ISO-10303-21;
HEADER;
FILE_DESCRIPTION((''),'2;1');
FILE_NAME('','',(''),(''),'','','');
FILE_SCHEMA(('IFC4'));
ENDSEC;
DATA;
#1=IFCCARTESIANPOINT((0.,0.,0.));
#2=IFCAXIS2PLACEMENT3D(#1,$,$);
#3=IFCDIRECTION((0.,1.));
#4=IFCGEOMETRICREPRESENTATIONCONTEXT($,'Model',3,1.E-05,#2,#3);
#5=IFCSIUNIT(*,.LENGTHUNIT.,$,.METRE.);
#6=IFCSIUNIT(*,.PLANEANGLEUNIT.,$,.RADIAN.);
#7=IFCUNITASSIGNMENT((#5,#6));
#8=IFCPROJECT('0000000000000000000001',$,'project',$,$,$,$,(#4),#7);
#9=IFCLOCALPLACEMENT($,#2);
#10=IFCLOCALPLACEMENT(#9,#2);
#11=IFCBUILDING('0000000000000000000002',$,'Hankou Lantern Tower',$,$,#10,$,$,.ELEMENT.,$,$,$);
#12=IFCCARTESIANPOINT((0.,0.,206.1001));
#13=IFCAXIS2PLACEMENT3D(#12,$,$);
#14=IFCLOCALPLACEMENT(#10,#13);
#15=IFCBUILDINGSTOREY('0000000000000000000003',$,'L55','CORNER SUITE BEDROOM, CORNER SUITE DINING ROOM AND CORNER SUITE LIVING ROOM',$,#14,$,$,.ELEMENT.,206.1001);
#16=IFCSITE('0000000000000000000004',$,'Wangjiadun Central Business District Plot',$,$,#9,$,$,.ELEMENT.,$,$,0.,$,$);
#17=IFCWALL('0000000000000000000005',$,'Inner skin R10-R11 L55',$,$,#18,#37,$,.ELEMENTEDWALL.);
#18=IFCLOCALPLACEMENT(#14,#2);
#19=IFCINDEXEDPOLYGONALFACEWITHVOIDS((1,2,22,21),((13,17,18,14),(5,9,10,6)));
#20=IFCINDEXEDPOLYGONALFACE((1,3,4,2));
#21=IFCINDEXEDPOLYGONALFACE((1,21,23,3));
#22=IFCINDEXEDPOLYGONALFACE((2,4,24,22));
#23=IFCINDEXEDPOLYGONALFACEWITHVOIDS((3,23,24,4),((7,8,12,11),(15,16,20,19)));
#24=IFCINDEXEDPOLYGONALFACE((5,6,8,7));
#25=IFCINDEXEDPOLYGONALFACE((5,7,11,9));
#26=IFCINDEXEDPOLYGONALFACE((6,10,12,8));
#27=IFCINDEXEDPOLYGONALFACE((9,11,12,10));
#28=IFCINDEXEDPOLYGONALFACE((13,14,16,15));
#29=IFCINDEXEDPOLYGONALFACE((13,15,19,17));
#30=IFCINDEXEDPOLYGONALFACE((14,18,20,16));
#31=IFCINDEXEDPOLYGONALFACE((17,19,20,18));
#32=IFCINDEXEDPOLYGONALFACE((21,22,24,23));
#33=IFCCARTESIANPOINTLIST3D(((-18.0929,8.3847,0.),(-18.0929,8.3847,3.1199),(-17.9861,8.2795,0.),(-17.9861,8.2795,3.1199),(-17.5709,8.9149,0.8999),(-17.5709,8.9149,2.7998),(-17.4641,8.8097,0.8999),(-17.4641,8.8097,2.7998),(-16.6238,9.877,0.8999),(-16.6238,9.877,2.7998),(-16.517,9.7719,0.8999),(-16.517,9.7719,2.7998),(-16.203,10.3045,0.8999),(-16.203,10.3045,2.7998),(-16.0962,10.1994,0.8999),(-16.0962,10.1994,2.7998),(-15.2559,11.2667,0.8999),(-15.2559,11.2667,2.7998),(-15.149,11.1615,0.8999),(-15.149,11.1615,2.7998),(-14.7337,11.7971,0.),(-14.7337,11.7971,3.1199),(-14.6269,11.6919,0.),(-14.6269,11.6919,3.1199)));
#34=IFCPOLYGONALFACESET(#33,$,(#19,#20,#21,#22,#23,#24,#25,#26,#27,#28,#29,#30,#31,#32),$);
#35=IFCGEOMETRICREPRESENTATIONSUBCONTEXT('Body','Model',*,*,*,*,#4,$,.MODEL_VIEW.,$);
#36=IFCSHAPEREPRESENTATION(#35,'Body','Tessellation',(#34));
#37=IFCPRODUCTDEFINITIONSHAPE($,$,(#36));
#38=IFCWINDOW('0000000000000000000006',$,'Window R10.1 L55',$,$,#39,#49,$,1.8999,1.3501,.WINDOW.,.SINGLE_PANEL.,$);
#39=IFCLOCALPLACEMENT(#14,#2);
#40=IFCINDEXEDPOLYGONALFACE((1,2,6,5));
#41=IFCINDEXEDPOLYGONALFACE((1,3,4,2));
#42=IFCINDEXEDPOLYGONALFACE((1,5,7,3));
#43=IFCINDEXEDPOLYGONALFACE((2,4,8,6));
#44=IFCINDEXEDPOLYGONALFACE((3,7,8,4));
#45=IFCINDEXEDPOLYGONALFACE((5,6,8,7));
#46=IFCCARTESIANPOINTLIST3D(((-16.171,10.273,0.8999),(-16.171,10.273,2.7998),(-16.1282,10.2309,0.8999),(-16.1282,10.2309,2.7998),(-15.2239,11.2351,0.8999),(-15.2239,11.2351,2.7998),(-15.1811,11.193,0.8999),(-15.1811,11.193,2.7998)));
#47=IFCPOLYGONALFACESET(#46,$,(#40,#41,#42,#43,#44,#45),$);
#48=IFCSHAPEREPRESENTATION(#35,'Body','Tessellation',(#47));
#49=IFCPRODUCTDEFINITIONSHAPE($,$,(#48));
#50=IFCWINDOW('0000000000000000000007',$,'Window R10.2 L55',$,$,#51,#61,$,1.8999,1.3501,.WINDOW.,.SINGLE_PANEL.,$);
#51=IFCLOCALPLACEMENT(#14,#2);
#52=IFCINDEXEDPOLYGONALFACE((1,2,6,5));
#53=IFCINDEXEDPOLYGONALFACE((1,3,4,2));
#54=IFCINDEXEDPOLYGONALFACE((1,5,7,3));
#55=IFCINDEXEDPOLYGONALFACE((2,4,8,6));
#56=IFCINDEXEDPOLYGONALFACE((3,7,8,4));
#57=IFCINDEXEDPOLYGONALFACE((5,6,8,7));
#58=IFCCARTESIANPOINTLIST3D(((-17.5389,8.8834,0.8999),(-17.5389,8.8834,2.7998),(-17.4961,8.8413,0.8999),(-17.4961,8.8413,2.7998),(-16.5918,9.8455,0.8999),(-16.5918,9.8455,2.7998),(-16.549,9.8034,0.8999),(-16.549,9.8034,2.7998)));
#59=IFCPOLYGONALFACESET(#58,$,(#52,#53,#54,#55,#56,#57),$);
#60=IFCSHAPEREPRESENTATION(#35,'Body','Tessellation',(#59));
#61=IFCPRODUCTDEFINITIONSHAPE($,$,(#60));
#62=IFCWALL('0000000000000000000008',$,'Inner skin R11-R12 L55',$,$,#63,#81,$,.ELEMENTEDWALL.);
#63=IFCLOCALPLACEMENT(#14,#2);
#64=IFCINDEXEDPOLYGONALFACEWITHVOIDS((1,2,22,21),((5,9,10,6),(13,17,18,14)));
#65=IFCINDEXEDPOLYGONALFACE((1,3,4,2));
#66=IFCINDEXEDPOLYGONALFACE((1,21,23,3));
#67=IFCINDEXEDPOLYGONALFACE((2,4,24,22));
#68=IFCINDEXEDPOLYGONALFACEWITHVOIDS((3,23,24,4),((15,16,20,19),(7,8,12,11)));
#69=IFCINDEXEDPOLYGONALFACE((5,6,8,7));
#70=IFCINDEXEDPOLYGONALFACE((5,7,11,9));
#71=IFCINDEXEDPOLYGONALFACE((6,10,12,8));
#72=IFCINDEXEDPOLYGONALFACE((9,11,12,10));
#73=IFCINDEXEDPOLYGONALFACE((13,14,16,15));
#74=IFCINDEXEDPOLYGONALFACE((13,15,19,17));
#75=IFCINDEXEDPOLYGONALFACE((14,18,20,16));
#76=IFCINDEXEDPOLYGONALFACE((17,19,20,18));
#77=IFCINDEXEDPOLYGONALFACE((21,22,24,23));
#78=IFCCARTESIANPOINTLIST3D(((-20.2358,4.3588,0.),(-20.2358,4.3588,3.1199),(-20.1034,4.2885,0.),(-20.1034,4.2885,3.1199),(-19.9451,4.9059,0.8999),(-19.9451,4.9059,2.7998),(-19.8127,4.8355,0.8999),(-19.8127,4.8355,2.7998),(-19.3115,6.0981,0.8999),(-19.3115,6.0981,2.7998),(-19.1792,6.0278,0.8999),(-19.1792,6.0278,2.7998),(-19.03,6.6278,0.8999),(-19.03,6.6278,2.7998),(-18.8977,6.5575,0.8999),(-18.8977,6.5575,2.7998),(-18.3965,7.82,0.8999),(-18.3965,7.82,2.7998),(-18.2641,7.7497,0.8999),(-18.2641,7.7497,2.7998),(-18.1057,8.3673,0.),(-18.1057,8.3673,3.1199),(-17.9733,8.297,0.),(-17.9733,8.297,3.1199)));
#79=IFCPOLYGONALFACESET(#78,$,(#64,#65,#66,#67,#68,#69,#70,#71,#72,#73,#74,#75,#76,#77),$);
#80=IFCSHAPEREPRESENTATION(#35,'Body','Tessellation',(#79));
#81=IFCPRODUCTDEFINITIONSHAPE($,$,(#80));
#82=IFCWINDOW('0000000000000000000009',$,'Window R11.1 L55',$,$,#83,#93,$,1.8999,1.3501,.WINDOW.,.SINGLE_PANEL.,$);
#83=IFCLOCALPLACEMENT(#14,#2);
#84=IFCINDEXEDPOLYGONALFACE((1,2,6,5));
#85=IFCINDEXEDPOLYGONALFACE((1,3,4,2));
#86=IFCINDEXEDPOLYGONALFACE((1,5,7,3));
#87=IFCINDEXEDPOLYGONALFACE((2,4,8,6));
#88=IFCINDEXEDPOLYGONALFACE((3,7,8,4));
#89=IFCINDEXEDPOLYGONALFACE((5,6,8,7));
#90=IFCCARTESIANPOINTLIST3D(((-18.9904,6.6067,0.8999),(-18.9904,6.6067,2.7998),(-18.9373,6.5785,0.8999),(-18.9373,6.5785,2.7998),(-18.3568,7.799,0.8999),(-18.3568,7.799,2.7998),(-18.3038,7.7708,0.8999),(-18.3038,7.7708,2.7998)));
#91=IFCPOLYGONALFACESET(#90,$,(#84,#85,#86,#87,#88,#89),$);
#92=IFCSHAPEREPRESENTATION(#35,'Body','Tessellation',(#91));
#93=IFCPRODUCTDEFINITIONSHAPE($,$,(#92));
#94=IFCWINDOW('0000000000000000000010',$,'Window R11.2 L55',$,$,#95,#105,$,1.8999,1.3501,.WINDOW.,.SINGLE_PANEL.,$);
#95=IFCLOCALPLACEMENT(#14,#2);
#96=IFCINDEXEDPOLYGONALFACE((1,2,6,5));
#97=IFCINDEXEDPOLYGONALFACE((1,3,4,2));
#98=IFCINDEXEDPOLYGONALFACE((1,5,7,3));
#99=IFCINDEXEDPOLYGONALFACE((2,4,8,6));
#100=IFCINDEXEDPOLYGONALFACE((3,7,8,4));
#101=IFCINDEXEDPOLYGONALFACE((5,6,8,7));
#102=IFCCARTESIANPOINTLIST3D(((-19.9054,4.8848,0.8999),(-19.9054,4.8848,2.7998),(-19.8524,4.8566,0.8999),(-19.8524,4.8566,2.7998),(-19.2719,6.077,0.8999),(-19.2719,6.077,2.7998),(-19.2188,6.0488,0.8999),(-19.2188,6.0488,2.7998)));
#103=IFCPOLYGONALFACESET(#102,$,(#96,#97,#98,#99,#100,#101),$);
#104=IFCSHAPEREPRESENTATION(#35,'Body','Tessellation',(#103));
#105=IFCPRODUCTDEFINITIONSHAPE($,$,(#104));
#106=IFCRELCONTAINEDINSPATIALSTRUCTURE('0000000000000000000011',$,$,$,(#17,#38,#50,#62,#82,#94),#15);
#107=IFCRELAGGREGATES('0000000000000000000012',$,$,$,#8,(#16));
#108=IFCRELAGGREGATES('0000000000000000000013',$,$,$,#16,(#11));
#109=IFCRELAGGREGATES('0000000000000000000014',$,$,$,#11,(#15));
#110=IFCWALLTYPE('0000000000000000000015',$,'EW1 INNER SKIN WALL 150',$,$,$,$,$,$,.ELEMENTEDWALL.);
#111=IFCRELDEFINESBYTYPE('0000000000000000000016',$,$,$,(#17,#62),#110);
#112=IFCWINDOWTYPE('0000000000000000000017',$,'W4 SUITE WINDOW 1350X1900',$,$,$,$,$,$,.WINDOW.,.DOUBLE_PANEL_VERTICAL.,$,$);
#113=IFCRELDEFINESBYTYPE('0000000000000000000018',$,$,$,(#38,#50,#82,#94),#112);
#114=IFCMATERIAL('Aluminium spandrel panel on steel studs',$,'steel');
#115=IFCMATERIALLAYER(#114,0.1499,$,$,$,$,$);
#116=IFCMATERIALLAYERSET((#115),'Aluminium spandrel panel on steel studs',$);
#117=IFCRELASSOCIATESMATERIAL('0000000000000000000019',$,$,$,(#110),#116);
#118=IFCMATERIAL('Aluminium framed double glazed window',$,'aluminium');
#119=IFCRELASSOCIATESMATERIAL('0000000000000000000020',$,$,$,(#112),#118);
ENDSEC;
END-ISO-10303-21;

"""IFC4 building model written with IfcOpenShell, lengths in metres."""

from ifc_helpers import new_model, si_unit, direction, frame, frame_2d, origin, place, context, subcontext, project, spatial, rectangle, extrude, material, layer, layer_set, type_object, element, fill, save


model = new_model("IFC4")

# Units and contexts
model_context = context("Model", 3, precision=1e-05, world=origin(), true_north=direction((0.0, 1.0)))
body_context = subcontext(model_context, "Body", "Model", "MODEL_VIEW")
ifc_project = project(units=[si_unit("LENGTHUNIT", "METRE"), si_unit("PLANEANGLEUNIT", "RADIAN")], contexts=[model_context])

# Site, building, storey
site_placement = place(None, origin())
site = spatial("IfcSite", under=ifc_project, at=site_placement, Name="Wangjiadun Central Business District Plot", CompositionType="ELEMENT", RefElevation=0.0)
building_placement = place(site_placement, origin())
building = spatial("IfcBuilding", under=site, at=building_placement, Name="Hankou Lantern Tower", CompositionType="ELEMENT")
storey_placement = place(building_placement, frame((0.0, 0.0, 206.1001)))
storey = spatial("IfcBuildingStorey", under=building, at=storey_placement, Name="L55", Description="CORNER SUITE BEDROOM, CORNER SUITE DINING ROOM AND CORNER SUITE LIVING ROOM", CompositionType="ELEMENT", Elevation=206.1001)

# Walls, openings, windows
ifc_material_1 = material(Name="Aluminium spandrel panel on steel studs", Category="steel")
ifc_layer_1 = layer(ifc_material_1, 0.1499)
ifc_layer_set_1 = layer_set([ifc_layer_1], Name="Aluminium spandrel panel on steel studs")
wall_type = type_object("IfcWallType", Name="EW1 INNER SKIN WALL 150", PredefinedType="ELEMENTEDWALL", material=ifc_layer_set_1)
wall_1_placement = place(storey_placement, frame((-14.6804, 11.7444, 0.0), z_axis=(0.0, 0.0, 1.0), x_axis=(-0.701527, -0.712643, 0.0)))
wall_1 = element("IfcWall", 1, at=wall_1_placement, inside=storey, type_object=wall_type, Name="Inner skin R10-R11 L55", PredefinedType="ELEMENTEDWALL", context=body_context, shape_type="SweptSolid", body=[
    extrude(rectangle(XDim=4.7883, YDim=0.1499, at=frame_2d((2.394, 0.0))), origin(), (0.0, 0.0, 1.0), 3.1199),
])
opening_1_placement = place(wall_1_placement, frame((0.7441, 0.0, 0.8999)))
opening_1 = element("IfcOpeningElement", 2, at=opening_1_placement, cuts=wall_1, PredefinedType="OPENING", context=body_context, shape_type="SweptSolid", body=[
    extrude(rectangle(XDim=1.3501, YDim=1.8999, at=frame_2d((0.675, 0.95))), frame((0.0, 0.085, 0.0), z_axis=(0.0, -1.0, 0.0), x_axis=(1.0, 0.0, 0.0)), (0.0, 0.0, 1.0), 0.1699),
])
opening_2_placement = place(wall_1_placement, frame((2.6941, 0.0, 0.8999)))
opening_2 = element("IfcOpeningElement", 3, at=opening_2_placement, cuts=wall_1, PredefinedType="OPENING", context=body_context, shape_type="SweptSolid", body=[
    extrude(rectangle(XDim=1.3501, YDim=1.8999, at=frame_2d((0.675, 0.95))), frame((0.0, 0.085, 0.0), z_axis=(0.0, -1.0, 0.0), x_axis=(1.0, 0.0, 0.0)), (0.0, 0.0, 1.0), 0.1699),
])
ifc_material_2 = material(Name="Aluminium framed double glazed window", Category="aluminium")
window_type = type_object("IfcWindowType", Name="W4 SUITE WINDOW 1350X1900", PartitioningType="DOUBLE_PANEL_VERTICAL", PredefinedType="WINDOW", material=ifc_material_2)
window_1_placement = place(opening_1_placement, origin())
window_1 = element("IfcWindow", 4, at=window_1_placement, inside=storey, type_object=window_type, Name="Window R10.1 L55", OverallHeight=1.8999, OverallWidth=1.3501, PartitioningType="SINGLE_PANEL", PredefinedType="WINDOW", context=body_context, shape_type="SweptSolid", body=[
    extrude(rectangle(XDim=1.3501, YDim=1.8999, at=frame_2d((0.675, 0.95))), frame((0.0, 0.03, 0.0), z_axis=(0.0, -1.0, 0.0), x_axis=(1.0, 0.0, 0.0)), (0.0, 0.0, 1.0), 0.0601),
])
fill(opening_1, window_1)
window_2_placement = place(opening_2_placement, origin())
window_2 = element("IfcWindow", 5, at=window_2_placement, inside=storey, type_object=window_type, Name="Window R10.2 L55", OverallHeight=1.8999, OverallWidth=1.3501, PartitioningType="SINGLE_PANEL", PredefinedType="WINDOW", context=body_context, shape_type="SweptSolid", body=[
    extrude(rectangle(XDim=1.3501, YDim=1.8999, at=frame_2d((0.675, 0.95))), frame((0.0, 0.03, 0.0), z_axis=(0.0, -1.0, 0.0), x_axis=(1.0, 0.0, 0.0)), (0.0, 0.0, 1.0), 0.0601),
])
fill(opening_2, window_2)
wall_2_placement = place(storey_placement, frame((-18.0396, 8.332, 0.0), z_axis=(0.0, 0.0, 1.0), x_axis=(-0.469256, -0.883062, 0.0)))
wall_2 = element("IfcWall", 6, at=wall_2_placement, inside=storey, type_object=wall_type, Name="Inner skin R11-R12 L55", PredefinedType="ELEMENTEDWALL", context=body_context, shape_type="SweptSolid", body=[
    extrude(rectangle(XDim=4.5393, YDim=0.1499, at=frame_2d((2.2695, 0.0))), origin(), (0.0, 0.0, 1.0), 3.1199),
])
opening_3_placement = place(wall_2_placement, frame((0.6196, 0.0, 0.8999)))
opening_3 = element("IfcOpeningElement", 7, at=opening_3_placement, cuts=wall_2, PredefinedType="OPENING", context=body_context, shape_type="SweptSolid", body=[
    extrude(rectangle(XDim=1.3501, YDim=1.8999, at=frame_2d((0.675, 0.95))), frame((0.0, 0.085, 0.0), z_axis=(0.0, -1.0, 0.0), x_axis=(1.0, 0.0, 0.0)), (0.0, 0.0, 1.0), 0.1699),
])
opening_4_placement = place(wall_2_placement, frame((2.5696, 0.0, 0.8999)))
opening_4 = element("IfcOpeningElement", 8, at=opening_4_placement, cuts=wall_2, PredefinedType="OPENING", context=body_context, shape_type="SweptSolid", body=[
    extrude(rectangle(XDim=1.3501, YDim=1.8999, at=frame_2d((0.675, 0.95))), frame((0.0, 0.085, 0.0), z_axis=(0.0, -1.0, 0.0), x_axis=(1.0, 0.0, 0.0)), (0.0, 0.0, 1.0), 0.1699),
])
window_3_placement = place(opening_3_placement, origin())
window_3 = element("IfcWindow", 9, at=window_3_placement, inside=storey, type_object=window_type, Name="Window R11.1 L55", OverallHeight=1.8999, OverallWidth=1.3501, PartitioningType="SINGLE_PANEL", PredefinedType="WINDOW", context=body_context, shape_type="SweptSolid", body=[
    extrude(rectangle(XDim=1.3501, YDim=1.8999, at=frame_2d((0.675, 0.95))), frame((0.0, 0.03, 0.0), z_axis=(0.0, -1.0, 0.0), x_axis=(1.0, 0.0, 0.0)), (0.0, 0.0, 1.0), 0.0601),
])
fill(opening_3, window_3)
window_4_placement = place(opening_4_placement, origin())
window_4 = element("IfcWindow", 10, at=window_4_placement, inside=storey, type_object=window_type, Name="Window R11.2 L55", OverallHeight=1.8999, OverallWidth=1.3501, PartitioningType="SINGLE_PANEL", PredefinedType="WINDOW", context=body_context, shape_type="SweptSolid", body=[
    extrude(rectangle(XDim=1.3501, YDim=1.8999, at=frame_2d((0.675, 0.95))), frame((0.0, 0.03, 0.0), z_axis=(0.0, -1.0, 0.0), x_axis=(1.0, 0.0, 0.0)), (0.0, 0.0, 1.0), 0.0601),
])
fill(opening_4, window_4)

save(model, "model.ifc")
